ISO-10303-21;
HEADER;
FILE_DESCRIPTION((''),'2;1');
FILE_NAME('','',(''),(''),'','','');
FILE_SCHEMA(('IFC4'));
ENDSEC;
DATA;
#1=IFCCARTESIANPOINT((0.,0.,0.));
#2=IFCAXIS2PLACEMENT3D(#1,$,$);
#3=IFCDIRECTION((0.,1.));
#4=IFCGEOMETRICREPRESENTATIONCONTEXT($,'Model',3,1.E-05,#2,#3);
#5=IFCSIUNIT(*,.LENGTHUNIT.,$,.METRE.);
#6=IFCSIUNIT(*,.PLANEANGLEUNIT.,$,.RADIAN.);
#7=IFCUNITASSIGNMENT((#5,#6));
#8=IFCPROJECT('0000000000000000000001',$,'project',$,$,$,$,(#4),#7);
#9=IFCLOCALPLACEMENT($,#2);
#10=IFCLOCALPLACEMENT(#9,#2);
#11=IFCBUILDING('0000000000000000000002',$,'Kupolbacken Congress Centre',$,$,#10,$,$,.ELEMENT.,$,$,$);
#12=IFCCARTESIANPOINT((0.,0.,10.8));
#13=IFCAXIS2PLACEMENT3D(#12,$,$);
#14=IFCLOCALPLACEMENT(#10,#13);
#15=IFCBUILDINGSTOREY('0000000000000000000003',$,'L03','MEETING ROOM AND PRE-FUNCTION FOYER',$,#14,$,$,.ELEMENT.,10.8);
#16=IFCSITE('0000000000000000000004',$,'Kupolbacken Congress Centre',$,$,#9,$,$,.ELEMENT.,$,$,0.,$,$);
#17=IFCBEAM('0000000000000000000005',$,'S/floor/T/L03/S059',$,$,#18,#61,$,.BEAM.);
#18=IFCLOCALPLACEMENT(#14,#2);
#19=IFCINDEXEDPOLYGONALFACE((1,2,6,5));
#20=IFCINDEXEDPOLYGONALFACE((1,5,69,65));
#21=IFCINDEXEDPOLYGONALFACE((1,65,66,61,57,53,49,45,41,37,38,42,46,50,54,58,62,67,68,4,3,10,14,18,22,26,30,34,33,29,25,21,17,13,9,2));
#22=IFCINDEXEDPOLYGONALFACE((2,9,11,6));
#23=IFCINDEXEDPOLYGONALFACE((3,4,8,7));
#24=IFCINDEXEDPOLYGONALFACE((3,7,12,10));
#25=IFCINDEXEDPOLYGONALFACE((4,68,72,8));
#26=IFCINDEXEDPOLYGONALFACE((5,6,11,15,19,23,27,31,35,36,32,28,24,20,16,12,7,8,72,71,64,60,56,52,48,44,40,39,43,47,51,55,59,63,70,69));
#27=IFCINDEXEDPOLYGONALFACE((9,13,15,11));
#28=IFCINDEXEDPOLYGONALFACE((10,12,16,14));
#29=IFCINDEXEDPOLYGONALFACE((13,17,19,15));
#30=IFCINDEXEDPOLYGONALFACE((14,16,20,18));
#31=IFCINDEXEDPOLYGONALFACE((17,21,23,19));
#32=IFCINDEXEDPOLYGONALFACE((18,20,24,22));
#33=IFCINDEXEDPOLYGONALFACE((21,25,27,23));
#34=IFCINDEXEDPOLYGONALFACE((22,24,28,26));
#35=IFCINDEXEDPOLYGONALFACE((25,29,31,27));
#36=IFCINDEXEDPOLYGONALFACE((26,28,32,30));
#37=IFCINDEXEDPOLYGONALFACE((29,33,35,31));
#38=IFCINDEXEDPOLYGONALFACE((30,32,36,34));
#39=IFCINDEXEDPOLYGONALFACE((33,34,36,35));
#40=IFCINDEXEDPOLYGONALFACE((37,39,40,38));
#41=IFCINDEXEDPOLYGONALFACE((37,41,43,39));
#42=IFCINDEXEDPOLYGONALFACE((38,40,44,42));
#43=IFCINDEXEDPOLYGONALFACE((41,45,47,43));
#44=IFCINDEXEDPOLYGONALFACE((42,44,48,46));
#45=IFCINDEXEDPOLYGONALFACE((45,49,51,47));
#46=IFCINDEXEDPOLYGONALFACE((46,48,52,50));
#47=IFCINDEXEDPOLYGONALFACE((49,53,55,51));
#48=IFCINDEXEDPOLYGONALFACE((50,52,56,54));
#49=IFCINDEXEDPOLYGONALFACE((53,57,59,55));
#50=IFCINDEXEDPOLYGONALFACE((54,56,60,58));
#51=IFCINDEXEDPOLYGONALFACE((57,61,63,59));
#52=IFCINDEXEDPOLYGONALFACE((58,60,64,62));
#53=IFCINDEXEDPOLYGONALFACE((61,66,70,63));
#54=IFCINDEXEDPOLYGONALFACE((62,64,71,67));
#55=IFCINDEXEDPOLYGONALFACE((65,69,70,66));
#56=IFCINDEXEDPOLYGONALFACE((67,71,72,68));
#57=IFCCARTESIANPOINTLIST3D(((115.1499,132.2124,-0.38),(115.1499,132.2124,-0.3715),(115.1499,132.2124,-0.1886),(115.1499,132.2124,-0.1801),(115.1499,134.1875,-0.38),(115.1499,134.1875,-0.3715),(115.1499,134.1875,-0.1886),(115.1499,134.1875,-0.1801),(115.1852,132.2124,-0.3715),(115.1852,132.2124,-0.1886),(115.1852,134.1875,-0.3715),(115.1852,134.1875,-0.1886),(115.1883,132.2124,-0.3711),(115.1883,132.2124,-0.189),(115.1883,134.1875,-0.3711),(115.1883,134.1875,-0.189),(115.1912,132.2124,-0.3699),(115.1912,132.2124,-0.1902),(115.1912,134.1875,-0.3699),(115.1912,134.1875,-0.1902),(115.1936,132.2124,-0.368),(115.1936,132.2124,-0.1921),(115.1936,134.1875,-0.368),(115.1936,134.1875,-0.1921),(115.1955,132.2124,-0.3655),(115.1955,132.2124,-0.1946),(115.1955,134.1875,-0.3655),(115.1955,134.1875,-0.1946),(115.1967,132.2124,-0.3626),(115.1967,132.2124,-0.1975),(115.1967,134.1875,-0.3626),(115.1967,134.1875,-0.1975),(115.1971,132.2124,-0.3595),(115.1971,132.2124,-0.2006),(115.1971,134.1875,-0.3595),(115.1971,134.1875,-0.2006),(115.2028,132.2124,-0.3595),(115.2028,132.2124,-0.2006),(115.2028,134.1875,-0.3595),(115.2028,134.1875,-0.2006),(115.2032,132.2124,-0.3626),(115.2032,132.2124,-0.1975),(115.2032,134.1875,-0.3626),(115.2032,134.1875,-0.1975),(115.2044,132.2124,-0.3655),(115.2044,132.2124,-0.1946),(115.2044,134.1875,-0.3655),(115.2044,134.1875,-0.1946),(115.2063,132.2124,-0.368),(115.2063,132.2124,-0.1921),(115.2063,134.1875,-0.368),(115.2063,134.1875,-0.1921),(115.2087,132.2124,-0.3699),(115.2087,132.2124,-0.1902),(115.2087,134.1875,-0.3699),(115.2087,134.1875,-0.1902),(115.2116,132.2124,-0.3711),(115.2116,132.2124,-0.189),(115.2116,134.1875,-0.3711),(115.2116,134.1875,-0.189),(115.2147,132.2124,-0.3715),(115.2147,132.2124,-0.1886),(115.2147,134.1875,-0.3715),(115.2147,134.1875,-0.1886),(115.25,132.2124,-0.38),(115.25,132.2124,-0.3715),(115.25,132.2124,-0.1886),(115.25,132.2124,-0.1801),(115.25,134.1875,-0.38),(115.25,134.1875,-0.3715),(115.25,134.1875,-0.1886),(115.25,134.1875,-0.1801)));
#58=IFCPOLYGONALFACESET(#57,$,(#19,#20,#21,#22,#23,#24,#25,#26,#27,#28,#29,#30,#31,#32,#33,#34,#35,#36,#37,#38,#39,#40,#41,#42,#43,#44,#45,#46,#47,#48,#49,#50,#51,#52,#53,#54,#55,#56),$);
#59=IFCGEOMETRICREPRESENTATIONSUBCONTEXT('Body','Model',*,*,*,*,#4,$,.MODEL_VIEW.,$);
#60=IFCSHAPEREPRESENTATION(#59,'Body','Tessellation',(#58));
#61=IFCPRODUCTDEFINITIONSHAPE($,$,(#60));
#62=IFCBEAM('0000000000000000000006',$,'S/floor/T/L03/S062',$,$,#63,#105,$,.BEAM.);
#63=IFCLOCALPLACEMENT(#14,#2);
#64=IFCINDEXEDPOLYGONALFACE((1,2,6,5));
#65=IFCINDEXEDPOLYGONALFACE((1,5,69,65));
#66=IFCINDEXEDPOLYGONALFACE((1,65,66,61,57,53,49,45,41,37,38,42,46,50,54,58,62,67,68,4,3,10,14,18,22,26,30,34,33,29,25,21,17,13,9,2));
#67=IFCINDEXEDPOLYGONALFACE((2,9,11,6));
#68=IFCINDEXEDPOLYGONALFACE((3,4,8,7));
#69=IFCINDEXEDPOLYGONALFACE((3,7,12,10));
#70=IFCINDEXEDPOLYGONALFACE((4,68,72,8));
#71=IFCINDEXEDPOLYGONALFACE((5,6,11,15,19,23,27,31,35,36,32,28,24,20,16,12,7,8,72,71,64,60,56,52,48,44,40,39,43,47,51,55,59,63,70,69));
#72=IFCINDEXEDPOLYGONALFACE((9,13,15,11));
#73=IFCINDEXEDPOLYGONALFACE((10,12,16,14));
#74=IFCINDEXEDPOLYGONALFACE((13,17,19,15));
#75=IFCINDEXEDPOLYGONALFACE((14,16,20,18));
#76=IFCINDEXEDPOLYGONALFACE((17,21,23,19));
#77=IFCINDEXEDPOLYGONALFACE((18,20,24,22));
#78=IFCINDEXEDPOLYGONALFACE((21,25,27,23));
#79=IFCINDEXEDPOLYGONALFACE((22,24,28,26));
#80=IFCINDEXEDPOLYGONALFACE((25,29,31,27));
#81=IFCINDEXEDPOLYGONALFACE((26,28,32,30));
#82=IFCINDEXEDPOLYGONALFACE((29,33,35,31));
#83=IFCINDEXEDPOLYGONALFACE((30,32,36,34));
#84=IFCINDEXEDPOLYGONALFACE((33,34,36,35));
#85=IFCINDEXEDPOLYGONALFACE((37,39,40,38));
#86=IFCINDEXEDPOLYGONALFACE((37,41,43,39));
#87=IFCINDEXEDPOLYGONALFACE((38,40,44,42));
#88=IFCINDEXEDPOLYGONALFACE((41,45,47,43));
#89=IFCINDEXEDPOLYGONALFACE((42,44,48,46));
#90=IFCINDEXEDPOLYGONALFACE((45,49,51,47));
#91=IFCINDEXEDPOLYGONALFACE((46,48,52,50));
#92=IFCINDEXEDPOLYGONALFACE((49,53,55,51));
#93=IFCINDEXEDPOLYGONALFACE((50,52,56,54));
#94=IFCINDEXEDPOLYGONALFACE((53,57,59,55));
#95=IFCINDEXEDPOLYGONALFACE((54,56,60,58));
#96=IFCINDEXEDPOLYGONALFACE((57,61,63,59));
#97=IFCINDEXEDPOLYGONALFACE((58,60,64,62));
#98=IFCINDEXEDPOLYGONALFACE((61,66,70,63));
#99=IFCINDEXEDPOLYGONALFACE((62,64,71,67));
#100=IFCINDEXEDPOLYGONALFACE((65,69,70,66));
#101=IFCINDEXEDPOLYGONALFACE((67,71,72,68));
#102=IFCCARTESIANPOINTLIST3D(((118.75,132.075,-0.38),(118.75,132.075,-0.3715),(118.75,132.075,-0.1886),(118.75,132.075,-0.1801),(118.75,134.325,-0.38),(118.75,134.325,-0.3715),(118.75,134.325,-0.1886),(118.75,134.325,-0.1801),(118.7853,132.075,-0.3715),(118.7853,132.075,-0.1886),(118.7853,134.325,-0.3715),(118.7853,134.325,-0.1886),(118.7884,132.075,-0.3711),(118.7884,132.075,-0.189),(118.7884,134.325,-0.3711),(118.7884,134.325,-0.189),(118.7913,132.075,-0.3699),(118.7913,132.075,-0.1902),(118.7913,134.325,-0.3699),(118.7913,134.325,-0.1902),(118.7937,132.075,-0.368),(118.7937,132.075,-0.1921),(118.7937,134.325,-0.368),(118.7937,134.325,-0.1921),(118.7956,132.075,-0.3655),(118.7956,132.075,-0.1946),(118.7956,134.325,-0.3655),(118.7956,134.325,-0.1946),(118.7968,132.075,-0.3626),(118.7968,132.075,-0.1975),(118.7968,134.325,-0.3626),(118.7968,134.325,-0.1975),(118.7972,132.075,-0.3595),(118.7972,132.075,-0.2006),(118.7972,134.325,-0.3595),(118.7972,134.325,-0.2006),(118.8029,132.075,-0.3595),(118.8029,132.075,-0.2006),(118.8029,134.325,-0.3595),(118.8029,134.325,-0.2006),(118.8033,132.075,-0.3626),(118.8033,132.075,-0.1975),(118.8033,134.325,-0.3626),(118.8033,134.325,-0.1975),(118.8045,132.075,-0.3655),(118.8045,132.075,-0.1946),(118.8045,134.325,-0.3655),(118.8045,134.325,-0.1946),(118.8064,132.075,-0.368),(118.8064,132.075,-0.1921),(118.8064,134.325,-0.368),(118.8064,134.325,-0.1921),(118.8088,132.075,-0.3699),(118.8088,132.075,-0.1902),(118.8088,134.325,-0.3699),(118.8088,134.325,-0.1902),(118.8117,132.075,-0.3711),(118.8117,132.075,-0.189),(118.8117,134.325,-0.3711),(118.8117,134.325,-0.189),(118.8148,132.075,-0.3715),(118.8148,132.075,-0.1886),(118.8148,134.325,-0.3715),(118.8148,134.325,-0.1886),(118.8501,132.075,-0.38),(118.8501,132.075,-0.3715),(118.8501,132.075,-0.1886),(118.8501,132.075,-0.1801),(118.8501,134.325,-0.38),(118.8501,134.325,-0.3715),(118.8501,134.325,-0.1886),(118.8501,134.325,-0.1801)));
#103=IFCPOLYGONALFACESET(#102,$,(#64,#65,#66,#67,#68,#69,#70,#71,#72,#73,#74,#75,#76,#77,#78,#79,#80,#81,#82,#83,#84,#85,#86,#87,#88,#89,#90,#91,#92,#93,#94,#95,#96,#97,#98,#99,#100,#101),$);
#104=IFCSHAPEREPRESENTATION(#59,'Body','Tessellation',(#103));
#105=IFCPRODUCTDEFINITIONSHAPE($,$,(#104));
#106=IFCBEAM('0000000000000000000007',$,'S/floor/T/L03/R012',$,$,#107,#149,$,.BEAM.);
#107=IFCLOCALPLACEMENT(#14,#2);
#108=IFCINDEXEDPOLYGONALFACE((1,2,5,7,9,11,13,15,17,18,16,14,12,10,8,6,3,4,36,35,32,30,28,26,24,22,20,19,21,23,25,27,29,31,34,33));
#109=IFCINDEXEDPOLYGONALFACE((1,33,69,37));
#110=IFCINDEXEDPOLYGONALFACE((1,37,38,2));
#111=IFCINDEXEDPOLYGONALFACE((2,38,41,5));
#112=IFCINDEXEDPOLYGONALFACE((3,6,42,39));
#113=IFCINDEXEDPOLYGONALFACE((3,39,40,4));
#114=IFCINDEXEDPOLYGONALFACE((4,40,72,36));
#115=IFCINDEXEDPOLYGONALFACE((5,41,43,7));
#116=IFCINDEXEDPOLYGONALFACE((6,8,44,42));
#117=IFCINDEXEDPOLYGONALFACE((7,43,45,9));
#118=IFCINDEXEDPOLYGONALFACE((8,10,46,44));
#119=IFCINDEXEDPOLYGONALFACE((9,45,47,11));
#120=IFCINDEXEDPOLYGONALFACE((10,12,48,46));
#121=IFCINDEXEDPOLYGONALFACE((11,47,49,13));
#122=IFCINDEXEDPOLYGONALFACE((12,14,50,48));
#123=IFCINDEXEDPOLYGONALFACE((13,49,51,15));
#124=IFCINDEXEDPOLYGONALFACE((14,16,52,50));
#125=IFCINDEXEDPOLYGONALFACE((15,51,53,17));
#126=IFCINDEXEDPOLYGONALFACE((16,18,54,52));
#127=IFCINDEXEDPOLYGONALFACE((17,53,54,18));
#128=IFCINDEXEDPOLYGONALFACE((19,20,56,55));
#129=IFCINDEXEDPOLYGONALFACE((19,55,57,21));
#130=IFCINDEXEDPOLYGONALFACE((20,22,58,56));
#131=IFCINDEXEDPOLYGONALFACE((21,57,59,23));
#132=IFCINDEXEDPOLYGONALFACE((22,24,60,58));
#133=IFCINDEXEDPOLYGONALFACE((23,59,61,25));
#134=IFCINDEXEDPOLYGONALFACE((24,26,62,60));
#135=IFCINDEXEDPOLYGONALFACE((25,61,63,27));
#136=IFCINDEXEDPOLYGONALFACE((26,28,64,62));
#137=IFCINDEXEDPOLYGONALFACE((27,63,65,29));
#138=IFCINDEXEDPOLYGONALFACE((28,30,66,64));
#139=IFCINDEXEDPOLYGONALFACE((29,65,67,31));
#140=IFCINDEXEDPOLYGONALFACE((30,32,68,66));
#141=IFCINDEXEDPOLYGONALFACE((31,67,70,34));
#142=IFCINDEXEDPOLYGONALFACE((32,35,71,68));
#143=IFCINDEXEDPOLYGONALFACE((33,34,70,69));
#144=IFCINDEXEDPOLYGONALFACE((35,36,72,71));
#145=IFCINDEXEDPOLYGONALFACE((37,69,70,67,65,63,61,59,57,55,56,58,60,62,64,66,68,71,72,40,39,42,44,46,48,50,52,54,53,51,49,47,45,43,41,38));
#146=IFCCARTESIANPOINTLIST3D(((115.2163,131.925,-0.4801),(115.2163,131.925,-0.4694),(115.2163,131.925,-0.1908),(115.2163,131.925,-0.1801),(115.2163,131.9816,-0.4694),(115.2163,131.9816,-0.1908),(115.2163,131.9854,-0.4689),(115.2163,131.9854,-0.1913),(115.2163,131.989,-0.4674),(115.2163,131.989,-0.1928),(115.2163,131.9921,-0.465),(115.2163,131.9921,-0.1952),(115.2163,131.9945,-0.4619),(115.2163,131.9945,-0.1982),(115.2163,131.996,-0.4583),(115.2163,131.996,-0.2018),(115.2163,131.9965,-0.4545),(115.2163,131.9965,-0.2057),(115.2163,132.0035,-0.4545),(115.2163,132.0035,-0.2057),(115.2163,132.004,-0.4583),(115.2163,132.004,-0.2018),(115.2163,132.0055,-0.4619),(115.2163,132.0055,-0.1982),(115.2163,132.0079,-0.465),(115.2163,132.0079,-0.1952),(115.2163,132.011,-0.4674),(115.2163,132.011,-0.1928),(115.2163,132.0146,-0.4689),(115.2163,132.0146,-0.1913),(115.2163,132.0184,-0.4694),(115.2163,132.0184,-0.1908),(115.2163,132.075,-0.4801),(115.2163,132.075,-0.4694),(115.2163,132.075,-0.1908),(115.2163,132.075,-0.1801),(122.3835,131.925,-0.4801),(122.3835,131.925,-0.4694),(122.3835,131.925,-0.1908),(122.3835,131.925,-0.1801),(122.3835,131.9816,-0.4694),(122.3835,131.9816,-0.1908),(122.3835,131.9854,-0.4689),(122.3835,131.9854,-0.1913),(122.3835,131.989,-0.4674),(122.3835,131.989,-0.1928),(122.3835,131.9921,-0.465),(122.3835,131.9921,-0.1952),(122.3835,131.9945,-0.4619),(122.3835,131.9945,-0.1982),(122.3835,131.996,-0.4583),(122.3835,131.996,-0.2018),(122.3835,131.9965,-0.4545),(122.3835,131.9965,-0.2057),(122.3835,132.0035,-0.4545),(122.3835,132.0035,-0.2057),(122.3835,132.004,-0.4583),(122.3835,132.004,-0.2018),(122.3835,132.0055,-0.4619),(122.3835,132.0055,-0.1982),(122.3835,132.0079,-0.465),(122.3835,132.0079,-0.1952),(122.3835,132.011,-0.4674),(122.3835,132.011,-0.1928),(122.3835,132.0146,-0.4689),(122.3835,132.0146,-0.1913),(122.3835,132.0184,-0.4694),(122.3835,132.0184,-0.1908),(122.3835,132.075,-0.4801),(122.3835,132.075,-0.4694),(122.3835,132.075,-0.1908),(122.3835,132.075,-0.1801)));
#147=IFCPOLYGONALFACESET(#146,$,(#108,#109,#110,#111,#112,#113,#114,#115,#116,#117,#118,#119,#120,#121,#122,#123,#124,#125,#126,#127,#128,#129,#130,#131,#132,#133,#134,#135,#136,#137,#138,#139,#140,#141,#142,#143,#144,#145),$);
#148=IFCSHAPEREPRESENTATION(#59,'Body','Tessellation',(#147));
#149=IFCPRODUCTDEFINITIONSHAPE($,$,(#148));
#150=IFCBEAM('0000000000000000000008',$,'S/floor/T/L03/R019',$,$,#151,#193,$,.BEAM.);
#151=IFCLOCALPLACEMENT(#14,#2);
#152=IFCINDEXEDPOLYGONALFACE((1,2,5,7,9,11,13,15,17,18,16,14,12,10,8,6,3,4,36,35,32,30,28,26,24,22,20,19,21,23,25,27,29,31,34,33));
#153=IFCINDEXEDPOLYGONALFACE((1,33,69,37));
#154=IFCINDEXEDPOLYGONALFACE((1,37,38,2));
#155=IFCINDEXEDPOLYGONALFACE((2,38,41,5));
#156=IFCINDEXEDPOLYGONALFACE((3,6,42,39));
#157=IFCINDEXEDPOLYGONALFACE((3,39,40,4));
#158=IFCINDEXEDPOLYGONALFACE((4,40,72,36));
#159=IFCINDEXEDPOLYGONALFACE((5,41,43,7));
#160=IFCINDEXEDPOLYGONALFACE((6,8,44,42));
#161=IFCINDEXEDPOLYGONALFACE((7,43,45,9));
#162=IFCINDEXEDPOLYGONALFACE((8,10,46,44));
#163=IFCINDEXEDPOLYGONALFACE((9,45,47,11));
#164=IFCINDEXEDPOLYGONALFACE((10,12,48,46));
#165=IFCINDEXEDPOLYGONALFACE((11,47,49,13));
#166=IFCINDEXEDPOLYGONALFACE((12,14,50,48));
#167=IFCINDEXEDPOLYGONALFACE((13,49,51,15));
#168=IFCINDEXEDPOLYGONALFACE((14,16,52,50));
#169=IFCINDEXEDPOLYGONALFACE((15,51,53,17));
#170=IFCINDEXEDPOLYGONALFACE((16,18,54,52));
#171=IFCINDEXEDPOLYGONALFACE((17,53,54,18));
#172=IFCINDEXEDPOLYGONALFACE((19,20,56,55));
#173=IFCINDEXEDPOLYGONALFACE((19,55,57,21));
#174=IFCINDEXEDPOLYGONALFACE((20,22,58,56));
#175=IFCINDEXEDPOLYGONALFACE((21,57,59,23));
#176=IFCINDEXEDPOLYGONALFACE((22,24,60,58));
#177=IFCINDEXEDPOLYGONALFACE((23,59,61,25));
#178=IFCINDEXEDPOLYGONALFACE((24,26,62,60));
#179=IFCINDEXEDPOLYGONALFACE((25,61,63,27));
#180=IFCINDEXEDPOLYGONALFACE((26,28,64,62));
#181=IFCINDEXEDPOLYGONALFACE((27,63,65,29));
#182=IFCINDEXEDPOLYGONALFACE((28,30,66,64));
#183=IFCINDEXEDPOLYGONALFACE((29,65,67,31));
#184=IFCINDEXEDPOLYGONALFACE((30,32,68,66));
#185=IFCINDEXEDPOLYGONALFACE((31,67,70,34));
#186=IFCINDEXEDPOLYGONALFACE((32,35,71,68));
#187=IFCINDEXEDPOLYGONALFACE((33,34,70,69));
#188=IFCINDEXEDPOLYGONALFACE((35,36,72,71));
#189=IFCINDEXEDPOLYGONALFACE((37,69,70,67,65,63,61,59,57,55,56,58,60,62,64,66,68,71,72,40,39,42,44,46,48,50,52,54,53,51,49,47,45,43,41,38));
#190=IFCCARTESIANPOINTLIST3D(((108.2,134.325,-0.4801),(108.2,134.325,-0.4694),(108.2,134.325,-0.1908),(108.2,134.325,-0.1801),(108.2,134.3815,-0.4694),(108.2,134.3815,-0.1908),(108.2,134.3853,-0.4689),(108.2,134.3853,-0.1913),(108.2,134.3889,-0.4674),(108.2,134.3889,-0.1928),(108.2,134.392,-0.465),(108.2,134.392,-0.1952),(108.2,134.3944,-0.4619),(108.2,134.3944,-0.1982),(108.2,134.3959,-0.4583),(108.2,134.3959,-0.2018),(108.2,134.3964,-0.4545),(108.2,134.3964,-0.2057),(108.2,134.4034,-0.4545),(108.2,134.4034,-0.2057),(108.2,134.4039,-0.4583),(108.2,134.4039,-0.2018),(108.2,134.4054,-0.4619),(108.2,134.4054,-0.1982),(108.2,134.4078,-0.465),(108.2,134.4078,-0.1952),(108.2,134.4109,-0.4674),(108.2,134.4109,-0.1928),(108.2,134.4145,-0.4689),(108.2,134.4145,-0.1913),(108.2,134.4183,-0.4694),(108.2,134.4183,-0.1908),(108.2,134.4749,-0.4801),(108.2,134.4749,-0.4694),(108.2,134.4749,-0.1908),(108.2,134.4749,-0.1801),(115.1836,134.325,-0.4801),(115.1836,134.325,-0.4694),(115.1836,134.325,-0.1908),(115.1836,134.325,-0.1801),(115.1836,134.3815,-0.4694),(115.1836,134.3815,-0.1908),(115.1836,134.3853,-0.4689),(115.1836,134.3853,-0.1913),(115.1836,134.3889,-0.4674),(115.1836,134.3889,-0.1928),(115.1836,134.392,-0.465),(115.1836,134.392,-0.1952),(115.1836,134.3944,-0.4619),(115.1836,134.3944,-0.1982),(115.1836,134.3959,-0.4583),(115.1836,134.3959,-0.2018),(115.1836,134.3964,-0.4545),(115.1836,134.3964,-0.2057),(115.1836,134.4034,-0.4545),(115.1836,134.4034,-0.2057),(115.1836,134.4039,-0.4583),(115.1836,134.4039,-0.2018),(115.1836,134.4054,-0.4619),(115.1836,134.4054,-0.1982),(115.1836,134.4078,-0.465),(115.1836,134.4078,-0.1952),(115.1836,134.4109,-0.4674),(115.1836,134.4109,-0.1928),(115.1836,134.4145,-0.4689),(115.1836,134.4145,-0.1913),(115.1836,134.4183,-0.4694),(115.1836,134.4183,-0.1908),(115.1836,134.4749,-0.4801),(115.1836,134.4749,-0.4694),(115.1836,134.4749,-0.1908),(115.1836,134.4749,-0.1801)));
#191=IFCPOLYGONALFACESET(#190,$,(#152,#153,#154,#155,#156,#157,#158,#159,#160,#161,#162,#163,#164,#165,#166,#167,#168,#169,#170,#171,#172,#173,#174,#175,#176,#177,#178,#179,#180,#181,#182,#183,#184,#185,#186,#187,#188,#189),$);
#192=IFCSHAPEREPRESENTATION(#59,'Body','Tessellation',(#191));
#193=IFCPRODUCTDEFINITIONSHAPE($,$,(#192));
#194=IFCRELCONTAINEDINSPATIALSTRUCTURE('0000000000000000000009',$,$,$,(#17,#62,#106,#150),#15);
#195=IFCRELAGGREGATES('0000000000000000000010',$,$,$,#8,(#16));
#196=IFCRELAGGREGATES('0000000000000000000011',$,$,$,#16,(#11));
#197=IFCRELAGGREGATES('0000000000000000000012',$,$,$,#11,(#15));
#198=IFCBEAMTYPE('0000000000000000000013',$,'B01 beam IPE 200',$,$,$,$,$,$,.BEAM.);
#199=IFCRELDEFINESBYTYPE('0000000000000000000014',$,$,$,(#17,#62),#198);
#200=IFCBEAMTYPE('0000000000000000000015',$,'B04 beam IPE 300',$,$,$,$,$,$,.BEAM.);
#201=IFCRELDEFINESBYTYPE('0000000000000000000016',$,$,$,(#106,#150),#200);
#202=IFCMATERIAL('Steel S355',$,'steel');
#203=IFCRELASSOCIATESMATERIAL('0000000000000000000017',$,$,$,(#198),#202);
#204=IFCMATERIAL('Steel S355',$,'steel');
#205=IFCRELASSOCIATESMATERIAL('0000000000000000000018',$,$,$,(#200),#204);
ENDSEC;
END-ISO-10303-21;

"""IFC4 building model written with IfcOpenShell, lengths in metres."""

from ifc_helpers import new_model, si_unit, direction, frame, origin, origin_2d, place, context, subcontext, project, spatial, i_section, extrude, material, material_profile, profile_set, type_object, element, save


model = new_model("IFC4")

# Units and contexts
model_context = context("Model", 3, precision=1e-05, world=origin(), true_north=direction((0.0, 1.0)))
body_context = subcontext(model_context, "Body", "Model", "MODEL_VIEW")
ifc_project = project(units=[si_unit("LENGTHUNIT", "METRE"), si_unit("PLANEANGLEUNIT", "RADIAN")], contexts=[model_context])

# Site, building, storey
site_placement = place(None, origin())
site = spatial("IfcSite", under=ifc_project, at=site_placement, Name="Kupolbacken Congress Centre", CompositionType="ELEMENT", RefElevation=0.0)
building_placement = place(site_placement, origin())
building = spatial("IfcBuilding", under=site, at=building_placement, Name="Kupolbacken Congress Centre", CompositionType="ELEMENT")
storey_placement = place(building_placement, frame((0.0, 0.0, 10.8)))
storey = spatial("IfcBuildingStorey", under=building, at=storey_placement, Name="L03", Description="MEETING ROOM AND PRE-FUNCTION FOYER", CompositionType="ELEMENT", Elevation=10.8)

# Beams
ifc_material_1 = material(Name="Steel S355", Category="steel")
ifc_material_profile_1 = material_profile(ifc_material_1, i_section(OverallWidth=0.1001, OverallDepth=0.2, WebThickness=0.0056, FlangeThickness=0.0085, FilletRadius=0.012, at=origin_2d()), Name="IPE 200")
ifc_profile_set_1 = profile_set([ifc_material_profile_1], Name="Steel S355")
beam_type_1 = type_object("IfcBeamType", Name="B01 beam IPE 200", PredefinedType="BEAM", material=ifc_profile_set_1)
beam_1_placement = place(storey_placement, frame((115.2, 132.2124, -0.28), z_axis=(0.0, 1.0, 0.0), x_axis=(-1.0, 0.0, 0.0)))
element("IfcBeam", 1, at=beam_1_placement, inside=storey, type_object=beam_type_1, Name="S/floor/T/L03/S059", PredefinedType="BEAM", context=body_context, shape_type="SweptSolid", body=[
    extrude(i_section(OverallWidth=0.1001, OverallDepth=0.2, WebThickness=0.0056, FlangeThickness=0.0085, FilletRadius=0.012, at=origin_2d()), origin(), (0.0, 0.0, 1.0), 1.9751),
])
beam_2_placement = place(storey_placement, frame((118.8, 132.075, -0.28), z_axis=(0.0, 1.0, 0.0), x_axis=(-1.0, 0.0, 0.0)))
element("IfcBeam", 2, at=beam_2_placement, inside=storey, type_object=beam_type_1, Name="S/floor/T/L03/S062", PredefinedType="BEAM", context=body_context, shape_type="SweptSolid", body=[
    extrude(i_section(OverallWidth=0.1001, OverallDepth=0.2, WebThickness=0.0056, FlangeThickness=0.0085, FilletRadius=0.012, at=origin_2d()), origin(), (0.0, 0.0, 1.0), 2.25),
])
ifc_material_2 = material(Name="Steel S355", Category="steel")
ifc_material_profile_2 = material_profile(ifc_material_2, i_section(OverallWidth=0.1499, OverallDepth=0.3, WebThickness=0.0071, FlangeThickness=0.0107, FilletRadius=0.0149, at=origin_2d()), Name="IPE 300")
ifc_profile_set_2 = profile_set([ifc_material_profile_2], Name="Steel S355")
beam_type_2 = type_object("IfcBeamType", Name="B04 beam IPE 300", PredefinedType="BEAM", material=ifc_profile_set_2)
beam_3_placement = place(storey_placement, frame((115.2163, 132.0, -0.3301), z_axis=(1.0, 0.0, 0.0), x_axis=(0.0, 1.0, 0.0)))
element("IfcBeam", 3, at=beam_3_placement, inside=storey, type_object=beam_type_2, Name="S/floor/T/L03/R012", PredefinedType="BEAM", context=body_context, shape_type="SweptSolid", body=[
    extrude(i_section(OverallWidth=0.1499, OverallDepth=0.3, WebThickness=0.0071, FlangeThickness=0.0107, FilletRadius=0.0149, at=origin_2d()), origin(), (0.0, 0.0, 1.0), 7.1672),
])
beam_4_placement = place(storey_placement, frame((108.2, 134.3999, -0.3301), z_axis=(1.0, 0.0, 0.0), x_axis=(0.0, 1.0, 0.0)))
element("IfcBeam", 4, at=beam_4_placement, inside=storey, type_object=beam_type_2, Name="S/floor/T/L03/R019", PredefinedType="BEAM", context=body_context, shape_type="SweptSolid", body=[
    extrude(i_section(OverallWidth=0.1499, OverallDepth=0.3, WebThickness=0.0071, FlangeThickness=0.0107, FilletRadius=0.0149, at=origin_2d()), origin(), (0.0, 0.0, 1.0), 6.9836),
])

save(model, "model.ifc")
